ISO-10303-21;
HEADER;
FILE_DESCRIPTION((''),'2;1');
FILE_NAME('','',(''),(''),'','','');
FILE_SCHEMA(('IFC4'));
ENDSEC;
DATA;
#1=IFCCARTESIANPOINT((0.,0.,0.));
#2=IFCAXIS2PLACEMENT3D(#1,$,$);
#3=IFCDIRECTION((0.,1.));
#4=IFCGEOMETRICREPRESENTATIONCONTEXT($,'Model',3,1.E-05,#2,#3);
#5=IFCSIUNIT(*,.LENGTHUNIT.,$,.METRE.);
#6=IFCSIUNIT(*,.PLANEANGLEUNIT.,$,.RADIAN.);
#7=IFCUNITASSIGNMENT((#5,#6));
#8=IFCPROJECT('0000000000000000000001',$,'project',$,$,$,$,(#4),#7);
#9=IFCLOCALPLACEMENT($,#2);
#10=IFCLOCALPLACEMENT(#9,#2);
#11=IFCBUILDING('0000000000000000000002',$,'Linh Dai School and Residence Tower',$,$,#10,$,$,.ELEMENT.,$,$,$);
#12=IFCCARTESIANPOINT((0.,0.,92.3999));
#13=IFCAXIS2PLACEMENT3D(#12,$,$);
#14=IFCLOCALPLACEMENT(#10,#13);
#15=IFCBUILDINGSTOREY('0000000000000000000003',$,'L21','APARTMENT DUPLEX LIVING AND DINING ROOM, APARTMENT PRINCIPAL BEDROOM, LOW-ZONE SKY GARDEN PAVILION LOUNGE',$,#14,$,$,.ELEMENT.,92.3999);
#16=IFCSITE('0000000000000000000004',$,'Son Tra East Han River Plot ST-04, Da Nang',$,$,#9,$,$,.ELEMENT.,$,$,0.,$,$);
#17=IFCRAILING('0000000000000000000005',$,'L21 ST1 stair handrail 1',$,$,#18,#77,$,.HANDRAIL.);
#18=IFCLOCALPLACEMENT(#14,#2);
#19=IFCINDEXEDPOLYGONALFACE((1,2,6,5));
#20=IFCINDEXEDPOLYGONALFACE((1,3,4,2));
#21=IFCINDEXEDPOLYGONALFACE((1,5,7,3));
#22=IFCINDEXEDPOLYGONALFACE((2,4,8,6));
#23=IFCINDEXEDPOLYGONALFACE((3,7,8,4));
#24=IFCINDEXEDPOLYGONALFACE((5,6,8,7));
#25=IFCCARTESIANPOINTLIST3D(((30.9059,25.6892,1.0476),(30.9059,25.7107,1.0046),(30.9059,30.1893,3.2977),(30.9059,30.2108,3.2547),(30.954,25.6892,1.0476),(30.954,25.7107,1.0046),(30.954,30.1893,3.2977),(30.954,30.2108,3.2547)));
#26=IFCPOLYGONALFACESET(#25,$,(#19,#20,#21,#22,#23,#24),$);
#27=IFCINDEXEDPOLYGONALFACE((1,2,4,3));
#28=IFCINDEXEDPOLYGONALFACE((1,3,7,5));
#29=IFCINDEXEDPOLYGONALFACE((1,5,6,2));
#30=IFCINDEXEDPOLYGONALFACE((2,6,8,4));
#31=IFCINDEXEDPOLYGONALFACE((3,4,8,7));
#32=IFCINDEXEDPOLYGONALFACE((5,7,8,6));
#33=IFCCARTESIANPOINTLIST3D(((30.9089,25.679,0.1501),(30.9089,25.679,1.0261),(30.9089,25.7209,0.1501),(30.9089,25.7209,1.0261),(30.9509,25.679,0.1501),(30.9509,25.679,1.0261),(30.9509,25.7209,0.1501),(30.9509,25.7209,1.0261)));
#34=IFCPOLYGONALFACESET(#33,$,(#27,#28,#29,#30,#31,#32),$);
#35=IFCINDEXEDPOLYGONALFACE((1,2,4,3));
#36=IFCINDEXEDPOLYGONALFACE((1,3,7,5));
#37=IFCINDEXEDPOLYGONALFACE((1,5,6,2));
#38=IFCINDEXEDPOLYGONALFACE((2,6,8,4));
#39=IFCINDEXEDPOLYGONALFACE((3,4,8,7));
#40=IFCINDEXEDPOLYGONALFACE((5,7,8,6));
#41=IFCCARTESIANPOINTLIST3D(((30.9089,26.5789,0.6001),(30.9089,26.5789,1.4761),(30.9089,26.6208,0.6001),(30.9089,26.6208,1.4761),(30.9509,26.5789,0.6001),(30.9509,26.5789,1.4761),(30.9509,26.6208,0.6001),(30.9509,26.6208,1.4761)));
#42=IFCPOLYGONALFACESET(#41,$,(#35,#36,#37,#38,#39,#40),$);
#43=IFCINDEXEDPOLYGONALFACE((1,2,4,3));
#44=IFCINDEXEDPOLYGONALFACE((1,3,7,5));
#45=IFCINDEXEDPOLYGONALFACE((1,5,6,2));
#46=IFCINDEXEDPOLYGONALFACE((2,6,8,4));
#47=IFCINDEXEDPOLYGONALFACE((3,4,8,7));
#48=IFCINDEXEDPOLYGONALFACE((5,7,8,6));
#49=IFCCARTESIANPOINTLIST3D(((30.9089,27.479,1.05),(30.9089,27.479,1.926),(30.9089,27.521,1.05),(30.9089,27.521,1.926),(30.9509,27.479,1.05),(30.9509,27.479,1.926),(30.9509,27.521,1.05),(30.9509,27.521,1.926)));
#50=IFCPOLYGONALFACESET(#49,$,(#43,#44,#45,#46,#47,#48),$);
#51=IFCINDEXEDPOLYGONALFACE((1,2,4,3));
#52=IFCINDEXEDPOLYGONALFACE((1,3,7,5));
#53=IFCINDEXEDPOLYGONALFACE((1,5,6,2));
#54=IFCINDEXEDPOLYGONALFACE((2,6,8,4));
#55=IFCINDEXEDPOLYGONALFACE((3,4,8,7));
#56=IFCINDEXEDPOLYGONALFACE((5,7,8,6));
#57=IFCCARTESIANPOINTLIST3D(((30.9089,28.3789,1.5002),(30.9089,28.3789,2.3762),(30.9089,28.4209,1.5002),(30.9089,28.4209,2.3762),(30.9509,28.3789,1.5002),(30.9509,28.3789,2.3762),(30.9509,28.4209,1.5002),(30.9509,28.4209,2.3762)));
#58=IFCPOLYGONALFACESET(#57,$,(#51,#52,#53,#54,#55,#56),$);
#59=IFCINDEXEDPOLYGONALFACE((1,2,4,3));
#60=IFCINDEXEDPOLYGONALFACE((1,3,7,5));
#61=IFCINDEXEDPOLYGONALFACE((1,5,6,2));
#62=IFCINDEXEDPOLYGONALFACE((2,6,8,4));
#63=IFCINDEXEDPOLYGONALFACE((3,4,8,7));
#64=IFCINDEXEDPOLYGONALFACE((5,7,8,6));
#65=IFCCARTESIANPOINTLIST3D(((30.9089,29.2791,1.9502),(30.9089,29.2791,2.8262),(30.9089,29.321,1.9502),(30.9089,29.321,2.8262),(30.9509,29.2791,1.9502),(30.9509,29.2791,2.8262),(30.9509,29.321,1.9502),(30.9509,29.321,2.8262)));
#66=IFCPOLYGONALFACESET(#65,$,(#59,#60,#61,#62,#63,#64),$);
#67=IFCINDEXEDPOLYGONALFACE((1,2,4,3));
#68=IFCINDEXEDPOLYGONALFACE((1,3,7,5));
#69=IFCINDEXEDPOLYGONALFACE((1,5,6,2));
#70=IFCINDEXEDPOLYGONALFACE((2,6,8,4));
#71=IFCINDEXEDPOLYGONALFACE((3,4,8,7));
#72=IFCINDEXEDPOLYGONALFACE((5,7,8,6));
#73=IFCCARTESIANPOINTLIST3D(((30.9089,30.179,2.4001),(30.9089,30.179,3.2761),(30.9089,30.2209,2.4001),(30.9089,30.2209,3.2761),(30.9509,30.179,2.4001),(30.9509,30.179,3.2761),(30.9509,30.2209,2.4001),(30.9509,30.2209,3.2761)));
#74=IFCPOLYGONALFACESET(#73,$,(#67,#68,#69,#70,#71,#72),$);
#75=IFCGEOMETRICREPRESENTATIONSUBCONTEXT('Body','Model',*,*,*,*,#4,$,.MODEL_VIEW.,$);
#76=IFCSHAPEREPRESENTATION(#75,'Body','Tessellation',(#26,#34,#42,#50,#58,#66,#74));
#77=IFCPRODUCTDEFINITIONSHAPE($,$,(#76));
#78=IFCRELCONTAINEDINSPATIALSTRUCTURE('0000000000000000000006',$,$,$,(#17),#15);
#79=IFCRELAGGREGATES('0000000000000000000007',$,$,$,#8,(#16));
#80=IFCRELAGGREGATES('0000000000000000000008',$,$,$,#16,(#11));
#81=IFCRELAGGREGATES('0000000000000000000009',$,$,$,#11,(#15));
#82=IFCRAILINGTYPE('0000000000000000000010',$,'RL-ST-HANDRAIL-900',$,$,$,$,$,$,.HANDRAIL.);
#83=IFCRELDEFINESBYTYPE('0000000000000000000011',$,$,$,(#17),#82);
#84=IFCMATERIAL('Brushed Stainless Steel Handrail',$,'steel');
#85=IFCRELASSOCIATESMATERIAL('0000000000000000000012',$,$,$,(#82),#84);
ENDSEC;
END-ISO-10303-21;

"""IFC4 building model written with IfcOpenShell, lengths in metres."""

from ifc_helpers import new_model, si_unit, direction, frame, origin, origin_2d, place, context, subcontext, project, spatial, rectangle, extrude, source, transform, mapped, material, type_object, element, save


model = new_model("IFC4")

# Units and contexts
model_context = context("Model", 3, precision=1e-05, world=origin(), true_north=direction((0.0, 1.0)))
body_context = subcontext(model_context, "Body", "Model", "MODEL_VIEW")
ifc_project = project(units=[si_unit("LENGTHUNIT", "METRE"), si_unit("PLANEANGLEUNIT", "RADIAN")], contexts=[model_context])

# Site, building, storey
site_placement = place(None, origin())
site = spatial("IfcSite", under=ifc_project, at=site_placement, Name="Son Tra East Han River Plot ST-04, Da Nang", CompositionType="ELEMENT", RefElevation=0.0)
building_placement = place(site_placement, origin())
building = spatial("IfcBuilding", under=site, at=building_placement, Name="Linh Dai School and Residence Tower", CompositionType="ELEMENT")
storey_placement = place(building_placement, frame((0.0, 0.0, 92.3999)))
storey = spatial("IfcBuildingStorey", under=building, at=storey_placement, Name="L21", Description="APARTMENT DUPLEX LIVING AND DINING ROOM, APARTMENT PRINCIPAL BEDROOM, LOW-ZONE SKY GARDEN PAVILION LOUNGE", CompositionType="ELEMENT", Elevation=92.3999)

# Railing
ifc_material_1 = material(Name="Brushed Stainless Steel Handrail", Category="steel")
railing_type_1 = type_object("IfcRailingType", Name="RL-ST-HANDRAIL-900", PredefinedType="HANDRAIL", material=ifc_material_1)
shared_shape_1 = source(origin(), body_context, "Body", "SweptSolid", [
    extrude(rectangle(XDim=0.0481, YDim=0.0481, at=origin_2d()), frame((0.0, 0.0, 0.876), z_axis=(0.0, 0.894427, 0.447214), x_axis=(-1.0, 0.0, 0.0)), (0.0, 0.0, 1.0), 5.0312),
    extrude(rectangle(XDim=0.042, YDim=0.042, at=origin_2d()), origin(), (0.0, 0.0, 1.0), 0.876),
    extrude(rectangle(XDim=0.042, YDim=0.042, at=origin_2d()), frame((0.0, 0.8999, 0.45)), (0.0, 0.0, 1.0), 0.876),
    extrude(rectangle(XDim=0.042, YDim=0.042, at=origin_2d()), frame((0.0, 1.8, 0.8999)), (0.0, 0.0, 1.0), 0.876),
    extrude(rectangle(XDim=0.042, YDim=0.042, at=origin_2d()), frame((0.0, 2.7, 1.3501)), (0.0, 0.0, 1.0), 0.876),
    extrude(rectangle(XDim=0.042, YDim=0.042, at=origin_2d()), frame((0.0, 3.6001, 1.8)), (0.0, 0.0, 1.0), 0.876),
    extrude(rectangle(XDim=0.042, YDim=0.042, at=origin_2d()), frame((0.0, 4.5, 2.25)), (0.0, 0.0, 1.0), 0.876),
])
railing_1_placement = place(storey_placement, frame((30.9299, 25.7, 0.1501)))
element("IfcRailing", 1, at=railing_1_placement, inside=storey, type_object=railing_type_1, Name="L21 ST1 stair handrail 1", PredefinedType="HANDRAIL", context=body_context, shape_type="MappedRepresentation", body=[
    mapped(shared_shape_1, transform((0.0, 0.0, 0.0), x_axis=(1.0, 0.0, 0.0), y_axis=(0.0, 1.0, 0.0), z_axis=(0.0, 0.0, 1.0), scale=1.0)),
])

save(model, "model.ifc")
